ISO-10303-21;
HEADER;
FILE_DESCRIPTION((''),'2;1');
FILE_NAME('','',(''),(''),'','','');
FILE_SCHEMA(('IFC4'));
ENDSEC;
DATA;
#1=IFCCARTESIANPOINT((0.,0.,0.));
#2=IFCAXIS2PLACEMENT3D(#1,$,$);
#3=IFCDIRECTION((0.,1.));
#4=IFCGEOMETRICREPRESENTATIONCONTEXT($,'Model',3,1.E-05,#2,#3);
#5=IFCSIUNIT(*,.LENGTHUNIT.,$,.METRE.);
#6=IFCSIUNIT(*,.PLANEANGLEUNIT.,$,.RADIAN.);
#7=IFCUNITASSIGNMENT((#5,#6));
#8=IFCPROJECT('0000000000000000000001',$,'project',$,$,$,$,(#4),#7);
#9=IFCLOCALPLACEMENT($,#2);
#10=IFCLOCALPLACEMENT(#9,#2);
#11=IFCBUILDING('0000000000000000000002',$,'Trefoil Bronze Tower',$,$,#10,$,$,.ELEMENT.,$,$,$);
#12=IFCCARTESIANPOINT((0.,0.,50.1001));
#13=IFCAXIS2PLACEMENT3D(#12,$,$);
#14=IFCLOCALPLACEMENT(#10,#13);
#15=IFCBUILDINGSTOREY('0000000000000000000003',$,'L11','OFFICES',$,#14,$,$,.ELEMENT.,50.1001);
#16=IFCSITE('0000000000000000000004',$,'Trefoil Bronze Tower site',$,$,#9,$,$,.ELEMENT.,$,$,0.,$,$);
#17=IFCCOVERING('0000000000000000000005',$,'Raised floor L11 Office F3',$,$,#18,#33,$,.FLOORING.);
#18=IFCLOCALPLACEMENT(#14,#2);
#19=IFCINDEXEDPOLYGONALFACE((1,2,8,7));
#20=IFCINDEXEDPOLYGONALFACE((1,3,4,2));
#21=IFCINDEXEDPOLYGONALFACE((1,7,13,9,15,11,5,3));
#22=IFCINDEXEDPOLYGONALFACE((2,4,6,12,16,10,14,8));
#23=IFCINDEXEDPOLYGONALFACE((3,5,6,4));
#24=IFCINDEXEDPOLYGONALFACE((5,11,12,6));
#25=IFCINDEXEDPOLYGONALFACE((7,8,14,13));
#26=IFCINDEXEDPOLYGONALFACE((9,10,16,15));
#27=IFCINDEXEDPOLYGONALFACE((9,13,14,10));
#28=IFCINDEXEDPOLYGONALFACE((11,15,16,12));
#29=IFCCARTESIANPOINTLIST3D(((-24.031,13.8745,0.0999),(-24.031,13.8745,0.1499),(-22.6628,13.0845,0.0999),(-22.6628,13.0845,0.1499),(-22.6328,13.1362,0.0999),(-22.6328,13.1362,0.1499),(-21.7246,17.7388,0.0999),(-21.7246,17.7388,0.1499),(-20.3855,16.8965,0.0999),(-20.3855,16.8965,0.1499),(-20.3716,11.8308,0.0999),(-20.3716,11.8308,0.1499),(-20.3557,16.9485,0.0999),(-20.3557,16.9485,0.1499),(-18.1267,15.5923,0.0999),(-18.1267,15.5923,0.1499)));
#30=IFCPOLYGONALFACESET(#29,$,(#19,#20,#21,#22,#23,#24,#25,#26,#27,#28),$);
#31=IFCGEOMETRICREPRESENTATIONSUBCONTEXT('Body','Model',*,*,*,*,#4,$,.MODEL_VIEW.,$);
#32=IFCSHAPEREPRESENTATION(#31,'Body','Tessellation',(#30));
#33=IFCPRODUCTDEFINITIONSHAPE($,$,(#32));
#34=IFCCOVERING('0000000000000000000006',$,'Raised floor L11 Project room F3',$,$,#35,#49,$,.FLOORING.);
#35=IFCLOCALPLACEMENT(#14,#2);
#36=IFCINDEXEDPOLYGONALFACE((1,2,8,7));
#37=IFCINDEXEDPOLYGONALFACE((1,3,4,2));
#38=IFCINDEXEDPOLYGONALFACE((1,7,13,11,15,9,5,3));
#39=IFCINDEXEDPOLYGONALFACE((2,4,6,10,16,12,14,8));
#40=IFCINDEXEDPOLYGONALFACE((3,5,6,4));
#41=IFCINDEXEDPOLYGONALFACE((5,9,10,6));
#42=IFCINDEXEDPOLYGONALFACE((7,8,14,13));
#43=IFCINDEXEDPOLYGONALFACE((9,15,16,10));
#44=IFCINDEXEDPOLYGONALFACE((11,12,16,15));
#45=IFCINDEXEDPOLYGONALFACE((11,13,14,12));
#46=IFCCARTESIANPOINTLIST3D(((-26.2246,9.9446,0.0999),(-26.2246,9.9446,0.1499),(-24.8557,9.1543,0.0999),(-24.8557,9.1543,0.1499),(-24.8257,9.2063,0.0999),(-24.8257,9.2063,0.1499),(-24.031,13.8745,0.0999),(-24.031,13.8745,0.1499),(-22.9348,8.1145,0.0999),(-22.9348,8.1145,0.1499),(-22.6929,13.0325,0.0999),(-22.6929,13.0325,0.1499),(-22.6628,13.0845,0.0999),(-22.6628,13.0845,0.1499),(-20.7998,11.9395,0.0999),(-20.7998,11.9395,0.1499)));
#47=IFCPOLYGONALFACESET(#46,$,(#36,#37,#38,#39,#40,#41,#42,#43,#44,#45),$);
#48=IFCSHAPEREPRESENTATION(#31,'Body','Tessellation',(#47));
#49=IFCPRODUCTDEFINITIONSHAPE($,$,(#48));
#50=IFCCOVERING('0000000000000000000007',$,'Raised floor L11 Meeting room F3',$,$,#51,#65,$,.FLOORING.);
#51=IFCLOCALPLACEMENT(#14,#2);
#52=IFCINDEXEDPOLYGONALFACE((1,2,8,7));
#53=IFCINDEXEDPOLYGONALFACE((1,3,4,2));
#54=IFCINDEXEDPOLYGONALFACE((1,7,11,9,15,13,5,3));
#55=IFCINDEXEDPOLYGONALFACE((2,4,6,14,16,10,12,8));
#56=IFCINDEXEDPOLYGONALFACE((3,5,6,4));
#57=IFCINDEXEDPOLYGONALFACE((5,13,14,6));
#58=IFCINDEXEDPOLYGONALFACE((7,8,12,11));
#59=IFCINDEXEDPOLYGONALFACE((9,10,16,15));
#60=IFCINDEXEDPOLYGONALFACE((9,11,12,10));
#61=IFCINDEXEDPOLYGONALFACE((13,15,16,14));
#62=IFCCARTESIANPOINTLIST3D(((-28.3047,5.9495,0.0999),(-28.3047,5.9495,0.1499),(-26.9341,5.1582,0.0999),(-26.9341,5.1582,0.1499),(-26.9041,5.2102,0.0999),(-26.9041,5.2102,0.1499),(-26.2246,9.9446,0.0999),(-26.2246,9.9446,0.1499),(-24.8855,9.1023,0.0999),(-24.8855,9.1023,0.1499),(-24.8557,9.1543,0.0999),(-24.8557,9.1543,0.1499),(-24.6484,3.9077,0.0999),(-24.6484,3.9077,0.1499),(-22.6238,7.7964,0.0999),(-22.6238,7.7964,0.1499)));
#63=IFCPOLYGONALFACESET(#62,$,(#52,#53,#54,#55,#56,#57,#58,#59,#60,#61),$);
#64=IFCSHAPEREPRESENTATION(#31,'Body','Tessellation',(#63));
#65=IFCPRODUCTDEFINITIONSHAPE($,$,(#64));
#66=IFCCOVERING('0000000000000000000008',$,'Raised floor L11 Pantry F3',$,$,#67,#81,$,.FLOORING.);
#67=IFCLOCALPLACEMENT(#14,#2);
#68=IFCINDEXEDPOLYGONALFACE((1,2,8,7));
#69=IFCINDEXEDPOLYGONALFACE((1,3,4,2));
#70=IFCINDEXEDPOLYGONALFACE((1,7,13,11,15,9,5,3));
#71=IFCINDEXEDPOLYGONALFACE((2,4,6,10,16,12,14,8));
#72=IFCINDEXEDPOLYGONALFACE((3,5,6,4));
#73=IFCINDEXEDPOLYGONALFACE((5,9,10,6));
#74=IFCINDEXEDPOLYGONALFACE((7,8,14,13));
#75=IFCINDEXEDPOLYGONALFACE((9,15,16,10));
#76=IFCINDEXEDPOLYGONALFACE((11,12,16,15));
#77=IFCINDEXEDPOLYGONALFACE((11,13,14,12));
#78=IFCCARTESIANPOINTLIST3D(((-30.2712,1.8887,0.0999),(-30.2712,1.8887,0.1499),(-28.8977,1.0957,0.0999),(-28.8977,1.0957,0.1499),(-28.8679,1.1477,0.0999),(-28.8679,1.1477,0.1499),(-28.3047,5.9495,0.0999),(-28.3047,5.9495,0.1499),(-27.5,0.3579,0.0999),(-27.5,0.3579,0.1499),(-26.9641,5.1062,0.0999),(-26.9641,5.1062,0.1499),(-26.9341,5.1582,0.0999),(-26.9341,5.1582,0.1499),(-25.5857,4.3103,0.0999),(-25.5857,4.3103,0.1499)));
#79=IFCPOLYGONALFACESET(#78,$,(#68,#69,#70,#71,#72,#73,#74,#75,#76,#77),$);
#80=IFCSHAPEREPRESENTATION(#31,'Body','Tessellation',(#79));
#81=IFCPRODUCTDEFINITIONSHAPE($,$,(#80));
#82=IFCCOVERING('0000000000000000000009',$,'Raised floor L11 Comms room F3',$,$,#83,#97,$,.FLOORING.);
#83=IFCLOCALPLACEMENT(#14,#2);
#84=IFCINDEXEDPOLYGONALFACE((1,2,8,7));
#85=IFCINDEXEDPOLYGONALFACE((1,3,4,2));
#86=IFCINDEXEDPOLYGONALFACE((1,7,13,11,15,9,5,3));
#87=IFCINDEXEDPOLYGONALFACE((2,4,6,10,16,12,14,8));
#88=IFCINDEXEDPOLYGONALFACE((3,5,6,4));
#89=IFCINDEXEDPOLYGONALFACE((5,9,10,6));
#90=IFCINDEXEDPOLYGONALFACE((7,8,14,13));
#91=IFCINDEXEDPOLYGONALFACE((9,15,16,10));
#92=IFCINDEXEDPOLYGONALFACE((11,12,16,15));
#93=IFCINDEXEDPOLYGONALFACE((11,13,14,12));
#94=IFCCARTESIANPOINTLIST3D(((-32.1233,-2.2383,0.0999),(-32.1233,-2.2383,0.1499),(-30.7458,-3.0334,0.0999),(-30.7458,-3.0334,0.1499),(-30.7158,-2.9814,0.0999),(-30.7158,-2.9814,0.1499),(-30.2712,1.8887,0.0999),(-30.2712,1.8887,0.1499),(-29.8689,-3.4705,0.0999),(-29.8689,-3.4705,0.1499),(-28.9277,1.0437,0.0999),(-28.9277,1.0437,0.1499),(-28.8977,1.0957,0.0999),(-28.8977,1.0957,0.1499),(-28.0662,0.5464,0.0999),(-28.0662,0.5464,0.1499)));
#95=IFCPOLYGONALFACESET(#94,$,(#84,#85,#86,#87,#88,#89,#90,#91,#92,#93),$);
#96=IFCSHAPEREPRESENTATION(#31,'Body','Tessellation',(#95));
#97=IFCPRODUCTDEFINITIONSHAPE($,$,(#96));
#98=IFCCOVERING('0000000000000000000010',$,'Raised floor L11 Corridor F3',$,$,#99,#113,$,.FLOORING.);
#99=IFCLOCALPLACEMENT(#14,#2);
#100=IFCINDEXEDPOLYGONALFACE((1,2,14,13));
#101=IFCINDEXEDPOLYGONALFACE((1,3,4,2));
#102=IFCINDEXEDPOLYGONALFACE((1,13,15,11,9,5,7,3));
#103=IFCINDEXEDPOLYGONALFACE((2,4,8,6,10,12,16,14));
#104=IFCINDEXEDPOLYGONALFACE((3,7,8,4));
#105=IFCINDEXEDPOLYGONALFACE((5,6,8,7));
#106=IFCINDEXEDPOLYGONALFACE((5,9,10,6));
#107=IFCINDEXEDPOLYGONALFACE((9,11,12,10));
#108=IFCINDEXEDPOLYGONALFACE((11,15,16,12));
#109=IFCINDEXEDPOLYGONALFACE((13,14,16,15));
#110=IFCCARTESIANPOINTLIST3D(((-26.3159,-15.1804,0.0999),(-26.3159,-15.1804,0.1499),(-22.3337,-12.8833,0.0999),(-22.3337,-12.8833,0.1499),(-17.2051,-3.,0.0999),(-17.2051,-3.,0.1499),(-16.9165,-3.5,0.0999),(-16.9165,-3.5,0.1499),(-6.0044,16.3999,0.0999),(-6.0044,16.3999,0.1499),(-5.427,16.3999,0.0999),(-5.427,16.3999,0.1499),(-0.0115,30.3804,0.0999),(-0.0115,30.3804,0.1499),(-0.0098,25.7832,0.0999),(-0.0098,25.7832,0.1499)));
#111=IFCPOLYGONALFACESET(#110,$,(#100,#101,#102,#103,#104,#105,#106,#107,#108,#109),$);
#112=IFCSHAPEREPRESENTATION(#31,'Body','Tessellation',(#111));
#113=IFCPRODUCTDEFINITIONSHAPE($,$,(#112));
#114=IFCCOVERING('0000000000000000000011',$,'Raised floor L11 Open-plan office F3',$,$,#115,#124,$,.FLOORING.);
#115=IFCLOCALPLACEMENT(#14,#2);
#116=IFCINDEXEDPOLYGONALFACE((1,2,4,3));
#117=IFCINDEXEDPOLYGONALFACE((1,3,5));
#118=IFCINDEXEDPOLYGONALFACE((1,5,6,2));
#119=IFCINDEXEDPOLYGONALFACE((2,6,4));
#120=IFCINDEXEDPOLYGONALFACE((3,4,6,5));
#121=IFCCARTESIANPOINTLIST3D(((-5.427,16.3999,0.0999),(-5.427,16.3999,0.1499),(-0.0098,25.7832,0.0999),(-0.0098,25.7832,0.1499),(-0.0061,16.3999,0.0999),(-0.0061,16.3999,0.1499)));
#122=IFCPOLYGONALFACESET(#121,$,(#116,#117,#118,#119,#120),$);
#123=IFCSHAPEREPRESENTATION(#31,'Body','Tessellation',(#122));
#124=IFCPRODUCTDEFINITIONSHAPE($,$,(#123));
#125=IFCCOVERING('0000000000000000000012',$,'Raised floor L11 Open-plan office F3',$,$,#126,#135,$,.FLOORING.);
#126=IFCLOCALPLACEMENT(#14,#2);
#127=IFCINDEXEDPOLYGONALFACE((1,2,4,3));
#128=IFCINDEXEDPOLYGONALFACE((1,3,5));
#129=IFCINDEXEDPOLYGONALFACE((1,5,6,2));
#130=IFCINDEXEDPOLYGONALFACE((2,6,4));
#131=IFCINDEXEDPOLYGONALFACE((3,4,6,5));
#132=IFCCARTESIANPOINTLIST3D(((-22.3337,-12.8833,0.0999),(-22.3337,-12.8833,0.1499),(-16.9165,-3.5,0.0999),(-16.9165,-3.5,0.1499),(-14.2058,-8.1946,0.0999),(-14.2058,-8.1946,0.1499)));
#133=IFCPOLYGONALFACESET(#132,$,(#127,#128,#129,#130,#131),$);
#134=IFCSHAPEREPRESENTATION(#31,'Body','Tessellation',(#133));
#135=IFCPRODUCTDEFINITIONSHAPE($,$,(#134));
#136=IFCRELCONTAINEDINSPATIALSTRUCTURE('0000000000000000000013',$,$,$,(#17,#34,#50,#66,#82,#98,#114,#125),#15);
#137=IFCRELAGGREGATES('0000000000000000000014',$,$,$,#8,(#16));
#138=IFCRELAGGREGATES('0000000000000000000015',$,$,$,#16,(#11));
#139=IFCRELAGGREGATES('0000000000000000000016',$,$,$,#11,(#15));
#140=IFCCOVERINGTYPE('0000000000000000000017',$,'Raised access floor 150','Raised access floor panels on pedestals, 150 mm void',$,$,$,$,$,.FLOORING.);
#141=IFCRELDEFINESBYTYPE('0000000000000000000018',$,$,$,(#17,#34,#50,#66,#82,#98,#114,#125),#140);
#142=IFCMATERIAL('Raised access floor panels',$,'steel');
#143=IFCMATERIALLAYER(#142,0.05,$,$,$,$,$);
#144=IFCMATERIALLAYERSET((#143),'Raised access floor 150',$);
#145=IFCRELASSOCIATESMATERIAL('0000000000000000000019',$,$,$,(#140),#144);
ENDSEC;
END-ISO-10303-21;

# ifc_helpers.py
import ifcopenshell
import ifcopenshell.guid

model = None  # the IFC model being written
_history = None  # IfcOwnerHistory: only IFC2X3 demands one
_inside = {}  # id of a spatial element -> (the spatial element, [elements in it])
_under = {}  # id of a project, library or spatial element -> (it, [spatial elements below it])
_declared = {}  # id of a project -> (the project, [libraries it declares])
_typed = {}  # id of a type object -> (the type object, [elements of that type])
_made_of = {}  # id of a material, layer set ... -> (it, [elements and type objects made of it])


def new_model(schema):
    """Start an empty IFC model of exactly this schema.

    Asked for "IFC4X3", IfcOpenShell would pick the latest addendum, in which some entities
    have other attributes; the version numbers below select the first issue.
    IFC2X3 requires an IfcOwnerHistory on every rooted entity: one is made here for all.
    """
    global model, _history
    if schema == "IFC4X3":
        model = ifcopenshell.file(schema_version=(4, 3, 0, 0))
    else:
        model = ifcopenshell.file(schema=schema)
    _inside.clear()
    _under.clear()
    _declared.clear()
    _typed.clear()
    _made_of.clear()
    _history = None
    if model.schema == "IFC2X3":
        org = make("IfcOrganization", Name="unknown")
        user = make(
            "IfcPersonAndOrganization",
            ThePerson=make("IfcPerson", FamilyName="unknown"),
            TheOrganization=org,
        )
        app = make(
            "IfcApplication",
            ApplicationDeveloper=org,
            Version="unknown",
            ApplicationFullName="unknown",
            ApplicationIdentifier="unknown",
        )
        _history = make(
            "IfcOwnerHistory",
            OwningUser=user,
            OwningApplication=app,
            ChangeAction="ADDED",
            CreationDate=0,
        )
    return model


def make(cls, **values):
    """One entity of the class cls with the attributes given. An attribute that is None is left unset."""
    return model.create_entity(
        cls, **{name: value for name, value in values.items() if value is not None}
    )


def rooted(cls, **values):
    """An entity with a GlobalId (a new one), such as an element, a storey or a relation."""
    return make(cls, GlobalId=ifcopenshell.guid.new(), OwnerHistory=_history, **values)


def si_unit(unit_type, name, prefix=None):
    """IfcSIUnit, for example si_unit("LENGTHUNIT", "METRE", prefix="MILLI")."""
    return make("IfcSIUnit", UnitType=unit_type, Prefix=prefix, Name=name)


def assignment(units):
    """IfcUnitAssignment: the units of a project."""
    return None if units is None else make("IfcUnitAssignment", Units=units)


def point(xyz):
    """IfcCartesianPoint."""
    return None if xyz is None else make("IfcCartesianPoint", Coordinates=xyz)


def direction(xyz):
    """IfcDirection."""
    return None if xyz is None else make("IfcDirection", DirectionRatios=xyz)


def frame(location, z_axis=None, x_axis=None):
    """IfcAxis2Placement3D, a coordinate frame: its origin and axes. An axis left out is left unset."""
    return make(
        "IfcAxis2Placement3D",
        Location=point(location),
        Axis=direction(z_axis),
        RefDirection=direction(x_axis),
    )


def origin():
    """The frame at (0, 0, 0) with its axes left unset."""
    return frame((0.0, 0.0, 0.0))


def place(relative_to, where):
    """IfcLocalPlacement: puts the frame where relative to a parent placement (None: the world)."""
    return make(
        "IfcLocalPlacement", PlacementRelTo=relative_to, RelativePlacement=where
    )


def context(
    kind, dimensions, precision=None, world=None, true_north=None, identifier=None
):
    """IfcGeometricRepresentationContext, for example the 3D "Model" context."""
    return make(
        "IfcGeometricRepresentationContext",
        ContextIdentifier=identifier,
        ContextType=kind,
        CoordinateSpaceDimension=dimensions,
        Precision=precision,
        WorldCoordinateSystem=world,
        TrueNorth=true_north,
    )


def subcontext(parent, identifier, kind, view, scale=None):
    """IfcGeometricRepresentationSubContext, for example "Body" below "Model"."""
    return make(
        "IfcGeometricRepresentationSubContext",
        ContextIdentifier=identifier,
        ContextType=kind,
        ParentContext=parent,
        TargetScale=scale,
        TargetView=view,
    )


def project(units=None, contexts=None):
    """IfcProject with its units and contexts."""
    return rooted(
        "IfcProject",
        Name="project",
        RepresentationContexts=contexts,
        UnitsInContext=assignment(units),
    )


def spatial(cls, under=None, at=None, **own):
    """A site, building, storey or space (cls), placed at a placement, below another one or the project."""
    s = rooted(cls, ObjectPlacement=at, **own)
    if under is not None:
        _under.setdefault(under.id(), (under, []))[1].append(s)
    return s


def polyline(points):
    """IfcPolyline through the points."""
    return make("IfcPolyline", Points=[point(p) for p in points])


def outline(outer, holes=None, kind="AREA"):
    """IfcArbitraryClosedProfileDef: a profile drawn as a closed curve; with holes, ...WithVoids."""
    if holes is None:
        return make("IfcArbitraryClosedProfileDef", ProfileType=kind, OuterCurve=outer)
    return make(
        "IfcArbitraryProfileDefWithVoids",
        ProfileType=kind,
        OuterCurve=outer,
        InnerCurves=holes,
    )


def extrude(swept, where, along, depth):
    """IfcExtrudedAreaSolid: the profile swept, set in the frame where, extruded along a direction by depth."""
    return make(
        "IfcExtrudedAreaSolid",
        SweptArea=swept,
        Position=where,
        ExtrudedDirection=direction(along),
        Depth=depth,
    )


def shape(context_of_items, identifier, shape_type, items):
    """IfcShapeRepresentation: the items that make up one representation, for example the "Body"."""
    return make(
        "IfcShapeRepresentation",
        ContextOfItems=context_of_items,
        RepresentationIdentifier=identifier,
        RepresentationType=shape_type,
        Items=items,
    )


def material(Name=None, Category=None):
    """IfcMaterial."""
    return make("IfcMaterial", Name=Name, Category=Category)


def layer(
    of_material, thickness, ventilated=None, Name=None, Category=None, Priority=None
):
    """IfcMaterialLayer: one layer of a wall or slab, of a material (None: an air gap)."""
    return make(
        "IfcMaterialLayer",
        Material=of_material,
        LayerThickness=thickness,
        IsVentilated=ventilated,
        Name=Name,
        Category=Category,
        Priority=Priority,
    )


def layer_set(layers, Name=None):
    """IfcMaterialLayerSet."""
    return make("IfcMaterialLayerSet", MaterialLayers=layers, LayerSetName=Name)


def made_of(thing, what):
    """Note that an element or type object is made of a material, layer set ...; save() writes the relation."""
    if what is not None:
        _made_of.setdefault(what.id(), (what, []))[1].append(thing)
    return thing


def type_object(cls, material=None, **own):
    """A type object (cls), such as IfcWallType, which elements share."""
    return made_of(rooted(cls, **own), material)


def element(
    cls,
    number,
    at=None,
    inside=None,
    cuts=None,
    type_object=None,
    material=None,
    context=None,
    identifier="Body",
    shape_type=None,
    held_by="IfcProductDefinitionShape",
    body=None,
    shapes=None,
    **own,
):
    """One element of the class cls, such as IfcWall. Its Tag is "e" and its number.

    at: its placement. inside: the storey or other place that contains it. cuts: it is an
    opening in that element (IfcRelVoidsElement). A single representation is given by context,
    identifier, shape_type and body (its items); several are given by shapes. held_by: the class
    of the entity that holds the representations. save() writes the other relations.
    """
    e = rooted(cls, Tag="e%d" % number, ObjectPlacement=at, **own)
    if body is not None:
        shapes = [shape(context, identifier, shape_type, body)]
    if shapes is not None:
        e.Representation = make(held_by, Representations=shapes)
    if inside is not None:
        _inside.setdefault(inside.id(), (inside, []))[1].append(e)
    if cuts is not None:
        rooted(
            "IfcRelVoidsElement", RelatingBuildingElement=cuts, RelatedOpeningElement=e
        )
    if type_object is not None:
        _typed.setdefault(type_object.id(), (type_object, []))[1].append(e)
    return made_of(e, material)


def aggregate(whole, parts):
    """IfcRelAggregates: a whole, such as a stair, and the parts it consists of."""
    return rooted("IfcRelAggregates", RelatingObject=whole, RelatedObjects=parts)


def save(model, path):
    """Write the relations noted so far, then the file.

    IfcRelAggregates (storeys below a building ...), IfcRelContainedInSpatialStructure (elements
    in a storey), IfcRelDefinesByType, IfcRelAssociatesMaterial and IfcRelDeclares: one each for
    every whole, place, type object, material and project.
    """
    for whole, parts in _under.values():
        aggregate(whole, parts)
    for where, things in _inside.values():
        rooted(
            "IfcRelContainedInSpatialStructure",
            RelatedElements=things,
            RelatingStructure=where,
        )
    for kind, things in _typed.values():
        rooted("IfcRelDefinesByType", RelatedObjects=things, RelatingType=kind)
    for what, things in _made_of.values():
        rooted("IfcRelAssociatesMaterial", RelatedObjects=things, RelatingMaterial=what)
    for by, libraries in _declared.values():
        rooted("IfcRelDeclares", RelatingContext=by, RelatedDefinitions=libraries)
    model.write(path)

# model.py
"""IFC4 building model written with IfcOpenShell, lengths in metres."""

from ifc_helpers import new_model, si_unit, direction, frame, origin, place, context, subcontext, project, spatial, polyline, outline, extrude, material, layer, layer_set, type_object, element, save


model = new_model("IFC4")

# Units and contexts
model_context = context("Model", 3, precision=1e-05, world=origin(), true_north=direction((0.0, 1.0)))
body_context = subcontext(model_context, "Body", "Model", "MODEL_VIEW")
ifc_project = project(units=[si_unit("LENGTHUNIT", "METRE"), si_unit("PLANEANGLEUNIT", "RADIAN")], contexts=[model_context])

# Site, building, storey
site_placement = place(None, origin())
site = spatial("IfcSite", under=ifc_project, at=site_placement, Name="Trefoil Bronze Tower site", CompositionType="ELEMENT", RefElevation=0.0)
building_placement = place(site_placement, origin())
building = spatial("IfcBuilding", under=site, at=building_placement, Name="Trefoil Bronze Tower", CompositionType="ELEMENT")
storey_placement = place(building_placement, frame((0.0, 0.0, 50.1001)))
storey = spatial("IfcBuildingStorey", under=building, at=storey_placement, Name="L11", Description="OFFICES", CompositionType="ELEMENT", Elevation=50.1001)

# Coverings
ifc_material_1 = material(Name="Raised access floor panels", Category="steel")
ifc_layer_1 = layer(ifc_material_1, 0.05)
ifc_layer_set_1 = layer_set([ifc_layer_1], Name="Raised access floor 150")
covering_type = type_object("IfcCoveringType", Name="Raised access floor 150", Description="Raised access floor panels on pedestals, 150 mm void", PredefinedType="FLOORING", material=ifc_layer_set_1)
covering_1_placement = place(storey_placement, frame((0.0, 0.0, 0.0999)))
element("IfcCovering", 1, at=covering_1_placement, inside=storey, type_object=covering_type, Name="Raised floor L11 Office F3", PredefinedType="FLOORING", context=body_context, shape_type="SweptSolid", body=[
    extrude(outline(polyline([(-24.031, 13.8745), (-21.7246, 17.7388), (-20.3557, 16.9485), (-20.3855, 16.8965), (-18.1267, 15.5923), (-20.3716, 11.8308), (-22.6328, 13.1362), (-22.6628, 13.0845), (-24.031, 13.8745)])), origin(), (0.0, 0.0, 1.0), 0.05),
])
covering_2_placement = place(storey_placement, frame((0.0, 0.0, 0.0999)))
element("IfcCovering", 2, at=covering_2_placement, inside=storey, type_object=covering_type, Name="Raised floor L11 Project room F3", PredefinedType="FLOORING", context=body_context, shape_type="SweptSolid", body=[
    extrude(outline(polyline([(-26.2246, 9.9446), (-24.031, 13.8745), (-22.6628, 13.0845), (-22.6929, 13.0325), (-20.7998, 11.9395), (-22.9348, 8.1145), (-24.8257, 9.2063), (-24.8557, 9.1543), (-26.2246, 9.9446)])), origin(), (0.0, 0.0, 1.0), 0.05),
])
covering_3_placement = place(storey_placement, frame((0.0, 0.0, 0.0999)))
element("IfcCovering", 3, at=covering_3_placement, inside=storey, type_object=covering_type, Name="Raised floor L11 Meeting room F3", PredefinedType="FLOORING", context=body_context, shape_type="SweptSolid", body=[
    extrude(outline(polyline([(-28.3047, 5.9495), (-26.2246, 9.9446), (-24.8557, 9.1543), (-24.8855, 9.1023), (-22.6238, 7.7964), (-24.6484, 3.9077), (-26.9041, 5.2102), (-26.9341, 5.1582), (-28.3047, 5.9495)])), origin(), (0.0, 0.0, 1.0), 0.05),
])
covering_4_placement = place(storey_placement, frame((0.0, 0.0, 0.0999)))
element("IfcCovering", 4, at=covering_4_placement, inside=storey, type_object=covering_type, Name="Raised floor L11 Pantry F3", PredefinedType="FLOORING", context=body_context, shape_type="SweptSolid", body=[
    extrude(outline(polyline([(-30.2712, 1.8887), (-28.3047, 5.9495), (-26.9341, 5.1582), (-26.9641, 5.1062), (-25.5857, 4.3103), (-27.5, 0.3579), (-28.8679, 1.1477), (-28.8977, 1.0957), (-30.2712, 1.8887)])), origin(), (0.0, 0.0, 1.0), 0.05),
])
covering_5_placement = place(storey_placement, frame((0.0, 0.0, 0.0999)))
element("IfcCovering", 5, at=covering_5_placement, inside=storey, type_object=covering_type, Name="Raised floor L11 Comms room F3", PredefinedType="FLOORING", context=body_context, shape_type="SweptSolid", body=[
    extrude(outline(polyline([(-30.2712, 1.8887), (-28.8977, 1.0957), (-28.9277, 1.0437), (-28.0662, 0.5464), (-29.8689, -3.4705), (-30.7158, -2.9814), (-30.7458, -3.0334), (-32.1233, -2.2383), (-30.2712, 1.8887)])), origin(), (0.0, 0.0, 1.0), 0.05),
])
covering_6_placement = place(storey_placement, frame((0.0, 0.0, 0.0999)))
element("IfcCovering", 6, at=covering_6_placement, inside=storey, type_object=covering_type, Name="Raised floor L11 Corridor F3", PredefinedType="FLOORING", context=body_context, shape_type="SweptSolid", body=[
    extrude(outline(polyline([(-0.0115, 30.3804), (-0.0098, 25.7832), (-5.427, 16.3999), (-6.0044, 16.3999), (-17.2051, -3.0), (-16.9165, -3.5), (-22.3337, -12.8833), (-26.3159, -15.1804), (-0.0115, 30.3804)])), origin(), (0.0, 0.0, 1.0), 0.05),
])
covering_7_placement = place(storey_placement, frame((0.0, 0.0, 0.0999)))
element("IfcCovering", 7, at=covering_7_placement, inside=storey, type_object=covering_type, Name="Raised floor L11 Open-plan office F3", PredefinedType="FLOORING", context=body_context, shape_type="SweptSolid", body=[
    extrude(outline(polyline([(-0.0061, 16.3999), (-5.427, 16.3999), (-0.0098, 25.7832), (-0.0061, 16.3999)])), origin(), (0.0, 0.0, 1.0), 0.05),
])
covering_8_placement = place(storey_placement, frame((0.0, 0.0, 0.0999)))
element("IfcCovering", 8, at=covering_8_placement, inside=storey, type_object=covering_type, Name="Raised floor L11 Open-plan office F3", PredefinedType="FLOORING", context=body_context, shape_type="SweptSolid", body=[
    extrude(outline(polyline([(-14.2058, -8.1946), (-22.3337, -12.8833), (-16.9165, -3.5), (-14.2058, -8.1946)])), origin(), (0.0, 0.0, 1.0), 0.05),
])

save(model, "model.ifc")
